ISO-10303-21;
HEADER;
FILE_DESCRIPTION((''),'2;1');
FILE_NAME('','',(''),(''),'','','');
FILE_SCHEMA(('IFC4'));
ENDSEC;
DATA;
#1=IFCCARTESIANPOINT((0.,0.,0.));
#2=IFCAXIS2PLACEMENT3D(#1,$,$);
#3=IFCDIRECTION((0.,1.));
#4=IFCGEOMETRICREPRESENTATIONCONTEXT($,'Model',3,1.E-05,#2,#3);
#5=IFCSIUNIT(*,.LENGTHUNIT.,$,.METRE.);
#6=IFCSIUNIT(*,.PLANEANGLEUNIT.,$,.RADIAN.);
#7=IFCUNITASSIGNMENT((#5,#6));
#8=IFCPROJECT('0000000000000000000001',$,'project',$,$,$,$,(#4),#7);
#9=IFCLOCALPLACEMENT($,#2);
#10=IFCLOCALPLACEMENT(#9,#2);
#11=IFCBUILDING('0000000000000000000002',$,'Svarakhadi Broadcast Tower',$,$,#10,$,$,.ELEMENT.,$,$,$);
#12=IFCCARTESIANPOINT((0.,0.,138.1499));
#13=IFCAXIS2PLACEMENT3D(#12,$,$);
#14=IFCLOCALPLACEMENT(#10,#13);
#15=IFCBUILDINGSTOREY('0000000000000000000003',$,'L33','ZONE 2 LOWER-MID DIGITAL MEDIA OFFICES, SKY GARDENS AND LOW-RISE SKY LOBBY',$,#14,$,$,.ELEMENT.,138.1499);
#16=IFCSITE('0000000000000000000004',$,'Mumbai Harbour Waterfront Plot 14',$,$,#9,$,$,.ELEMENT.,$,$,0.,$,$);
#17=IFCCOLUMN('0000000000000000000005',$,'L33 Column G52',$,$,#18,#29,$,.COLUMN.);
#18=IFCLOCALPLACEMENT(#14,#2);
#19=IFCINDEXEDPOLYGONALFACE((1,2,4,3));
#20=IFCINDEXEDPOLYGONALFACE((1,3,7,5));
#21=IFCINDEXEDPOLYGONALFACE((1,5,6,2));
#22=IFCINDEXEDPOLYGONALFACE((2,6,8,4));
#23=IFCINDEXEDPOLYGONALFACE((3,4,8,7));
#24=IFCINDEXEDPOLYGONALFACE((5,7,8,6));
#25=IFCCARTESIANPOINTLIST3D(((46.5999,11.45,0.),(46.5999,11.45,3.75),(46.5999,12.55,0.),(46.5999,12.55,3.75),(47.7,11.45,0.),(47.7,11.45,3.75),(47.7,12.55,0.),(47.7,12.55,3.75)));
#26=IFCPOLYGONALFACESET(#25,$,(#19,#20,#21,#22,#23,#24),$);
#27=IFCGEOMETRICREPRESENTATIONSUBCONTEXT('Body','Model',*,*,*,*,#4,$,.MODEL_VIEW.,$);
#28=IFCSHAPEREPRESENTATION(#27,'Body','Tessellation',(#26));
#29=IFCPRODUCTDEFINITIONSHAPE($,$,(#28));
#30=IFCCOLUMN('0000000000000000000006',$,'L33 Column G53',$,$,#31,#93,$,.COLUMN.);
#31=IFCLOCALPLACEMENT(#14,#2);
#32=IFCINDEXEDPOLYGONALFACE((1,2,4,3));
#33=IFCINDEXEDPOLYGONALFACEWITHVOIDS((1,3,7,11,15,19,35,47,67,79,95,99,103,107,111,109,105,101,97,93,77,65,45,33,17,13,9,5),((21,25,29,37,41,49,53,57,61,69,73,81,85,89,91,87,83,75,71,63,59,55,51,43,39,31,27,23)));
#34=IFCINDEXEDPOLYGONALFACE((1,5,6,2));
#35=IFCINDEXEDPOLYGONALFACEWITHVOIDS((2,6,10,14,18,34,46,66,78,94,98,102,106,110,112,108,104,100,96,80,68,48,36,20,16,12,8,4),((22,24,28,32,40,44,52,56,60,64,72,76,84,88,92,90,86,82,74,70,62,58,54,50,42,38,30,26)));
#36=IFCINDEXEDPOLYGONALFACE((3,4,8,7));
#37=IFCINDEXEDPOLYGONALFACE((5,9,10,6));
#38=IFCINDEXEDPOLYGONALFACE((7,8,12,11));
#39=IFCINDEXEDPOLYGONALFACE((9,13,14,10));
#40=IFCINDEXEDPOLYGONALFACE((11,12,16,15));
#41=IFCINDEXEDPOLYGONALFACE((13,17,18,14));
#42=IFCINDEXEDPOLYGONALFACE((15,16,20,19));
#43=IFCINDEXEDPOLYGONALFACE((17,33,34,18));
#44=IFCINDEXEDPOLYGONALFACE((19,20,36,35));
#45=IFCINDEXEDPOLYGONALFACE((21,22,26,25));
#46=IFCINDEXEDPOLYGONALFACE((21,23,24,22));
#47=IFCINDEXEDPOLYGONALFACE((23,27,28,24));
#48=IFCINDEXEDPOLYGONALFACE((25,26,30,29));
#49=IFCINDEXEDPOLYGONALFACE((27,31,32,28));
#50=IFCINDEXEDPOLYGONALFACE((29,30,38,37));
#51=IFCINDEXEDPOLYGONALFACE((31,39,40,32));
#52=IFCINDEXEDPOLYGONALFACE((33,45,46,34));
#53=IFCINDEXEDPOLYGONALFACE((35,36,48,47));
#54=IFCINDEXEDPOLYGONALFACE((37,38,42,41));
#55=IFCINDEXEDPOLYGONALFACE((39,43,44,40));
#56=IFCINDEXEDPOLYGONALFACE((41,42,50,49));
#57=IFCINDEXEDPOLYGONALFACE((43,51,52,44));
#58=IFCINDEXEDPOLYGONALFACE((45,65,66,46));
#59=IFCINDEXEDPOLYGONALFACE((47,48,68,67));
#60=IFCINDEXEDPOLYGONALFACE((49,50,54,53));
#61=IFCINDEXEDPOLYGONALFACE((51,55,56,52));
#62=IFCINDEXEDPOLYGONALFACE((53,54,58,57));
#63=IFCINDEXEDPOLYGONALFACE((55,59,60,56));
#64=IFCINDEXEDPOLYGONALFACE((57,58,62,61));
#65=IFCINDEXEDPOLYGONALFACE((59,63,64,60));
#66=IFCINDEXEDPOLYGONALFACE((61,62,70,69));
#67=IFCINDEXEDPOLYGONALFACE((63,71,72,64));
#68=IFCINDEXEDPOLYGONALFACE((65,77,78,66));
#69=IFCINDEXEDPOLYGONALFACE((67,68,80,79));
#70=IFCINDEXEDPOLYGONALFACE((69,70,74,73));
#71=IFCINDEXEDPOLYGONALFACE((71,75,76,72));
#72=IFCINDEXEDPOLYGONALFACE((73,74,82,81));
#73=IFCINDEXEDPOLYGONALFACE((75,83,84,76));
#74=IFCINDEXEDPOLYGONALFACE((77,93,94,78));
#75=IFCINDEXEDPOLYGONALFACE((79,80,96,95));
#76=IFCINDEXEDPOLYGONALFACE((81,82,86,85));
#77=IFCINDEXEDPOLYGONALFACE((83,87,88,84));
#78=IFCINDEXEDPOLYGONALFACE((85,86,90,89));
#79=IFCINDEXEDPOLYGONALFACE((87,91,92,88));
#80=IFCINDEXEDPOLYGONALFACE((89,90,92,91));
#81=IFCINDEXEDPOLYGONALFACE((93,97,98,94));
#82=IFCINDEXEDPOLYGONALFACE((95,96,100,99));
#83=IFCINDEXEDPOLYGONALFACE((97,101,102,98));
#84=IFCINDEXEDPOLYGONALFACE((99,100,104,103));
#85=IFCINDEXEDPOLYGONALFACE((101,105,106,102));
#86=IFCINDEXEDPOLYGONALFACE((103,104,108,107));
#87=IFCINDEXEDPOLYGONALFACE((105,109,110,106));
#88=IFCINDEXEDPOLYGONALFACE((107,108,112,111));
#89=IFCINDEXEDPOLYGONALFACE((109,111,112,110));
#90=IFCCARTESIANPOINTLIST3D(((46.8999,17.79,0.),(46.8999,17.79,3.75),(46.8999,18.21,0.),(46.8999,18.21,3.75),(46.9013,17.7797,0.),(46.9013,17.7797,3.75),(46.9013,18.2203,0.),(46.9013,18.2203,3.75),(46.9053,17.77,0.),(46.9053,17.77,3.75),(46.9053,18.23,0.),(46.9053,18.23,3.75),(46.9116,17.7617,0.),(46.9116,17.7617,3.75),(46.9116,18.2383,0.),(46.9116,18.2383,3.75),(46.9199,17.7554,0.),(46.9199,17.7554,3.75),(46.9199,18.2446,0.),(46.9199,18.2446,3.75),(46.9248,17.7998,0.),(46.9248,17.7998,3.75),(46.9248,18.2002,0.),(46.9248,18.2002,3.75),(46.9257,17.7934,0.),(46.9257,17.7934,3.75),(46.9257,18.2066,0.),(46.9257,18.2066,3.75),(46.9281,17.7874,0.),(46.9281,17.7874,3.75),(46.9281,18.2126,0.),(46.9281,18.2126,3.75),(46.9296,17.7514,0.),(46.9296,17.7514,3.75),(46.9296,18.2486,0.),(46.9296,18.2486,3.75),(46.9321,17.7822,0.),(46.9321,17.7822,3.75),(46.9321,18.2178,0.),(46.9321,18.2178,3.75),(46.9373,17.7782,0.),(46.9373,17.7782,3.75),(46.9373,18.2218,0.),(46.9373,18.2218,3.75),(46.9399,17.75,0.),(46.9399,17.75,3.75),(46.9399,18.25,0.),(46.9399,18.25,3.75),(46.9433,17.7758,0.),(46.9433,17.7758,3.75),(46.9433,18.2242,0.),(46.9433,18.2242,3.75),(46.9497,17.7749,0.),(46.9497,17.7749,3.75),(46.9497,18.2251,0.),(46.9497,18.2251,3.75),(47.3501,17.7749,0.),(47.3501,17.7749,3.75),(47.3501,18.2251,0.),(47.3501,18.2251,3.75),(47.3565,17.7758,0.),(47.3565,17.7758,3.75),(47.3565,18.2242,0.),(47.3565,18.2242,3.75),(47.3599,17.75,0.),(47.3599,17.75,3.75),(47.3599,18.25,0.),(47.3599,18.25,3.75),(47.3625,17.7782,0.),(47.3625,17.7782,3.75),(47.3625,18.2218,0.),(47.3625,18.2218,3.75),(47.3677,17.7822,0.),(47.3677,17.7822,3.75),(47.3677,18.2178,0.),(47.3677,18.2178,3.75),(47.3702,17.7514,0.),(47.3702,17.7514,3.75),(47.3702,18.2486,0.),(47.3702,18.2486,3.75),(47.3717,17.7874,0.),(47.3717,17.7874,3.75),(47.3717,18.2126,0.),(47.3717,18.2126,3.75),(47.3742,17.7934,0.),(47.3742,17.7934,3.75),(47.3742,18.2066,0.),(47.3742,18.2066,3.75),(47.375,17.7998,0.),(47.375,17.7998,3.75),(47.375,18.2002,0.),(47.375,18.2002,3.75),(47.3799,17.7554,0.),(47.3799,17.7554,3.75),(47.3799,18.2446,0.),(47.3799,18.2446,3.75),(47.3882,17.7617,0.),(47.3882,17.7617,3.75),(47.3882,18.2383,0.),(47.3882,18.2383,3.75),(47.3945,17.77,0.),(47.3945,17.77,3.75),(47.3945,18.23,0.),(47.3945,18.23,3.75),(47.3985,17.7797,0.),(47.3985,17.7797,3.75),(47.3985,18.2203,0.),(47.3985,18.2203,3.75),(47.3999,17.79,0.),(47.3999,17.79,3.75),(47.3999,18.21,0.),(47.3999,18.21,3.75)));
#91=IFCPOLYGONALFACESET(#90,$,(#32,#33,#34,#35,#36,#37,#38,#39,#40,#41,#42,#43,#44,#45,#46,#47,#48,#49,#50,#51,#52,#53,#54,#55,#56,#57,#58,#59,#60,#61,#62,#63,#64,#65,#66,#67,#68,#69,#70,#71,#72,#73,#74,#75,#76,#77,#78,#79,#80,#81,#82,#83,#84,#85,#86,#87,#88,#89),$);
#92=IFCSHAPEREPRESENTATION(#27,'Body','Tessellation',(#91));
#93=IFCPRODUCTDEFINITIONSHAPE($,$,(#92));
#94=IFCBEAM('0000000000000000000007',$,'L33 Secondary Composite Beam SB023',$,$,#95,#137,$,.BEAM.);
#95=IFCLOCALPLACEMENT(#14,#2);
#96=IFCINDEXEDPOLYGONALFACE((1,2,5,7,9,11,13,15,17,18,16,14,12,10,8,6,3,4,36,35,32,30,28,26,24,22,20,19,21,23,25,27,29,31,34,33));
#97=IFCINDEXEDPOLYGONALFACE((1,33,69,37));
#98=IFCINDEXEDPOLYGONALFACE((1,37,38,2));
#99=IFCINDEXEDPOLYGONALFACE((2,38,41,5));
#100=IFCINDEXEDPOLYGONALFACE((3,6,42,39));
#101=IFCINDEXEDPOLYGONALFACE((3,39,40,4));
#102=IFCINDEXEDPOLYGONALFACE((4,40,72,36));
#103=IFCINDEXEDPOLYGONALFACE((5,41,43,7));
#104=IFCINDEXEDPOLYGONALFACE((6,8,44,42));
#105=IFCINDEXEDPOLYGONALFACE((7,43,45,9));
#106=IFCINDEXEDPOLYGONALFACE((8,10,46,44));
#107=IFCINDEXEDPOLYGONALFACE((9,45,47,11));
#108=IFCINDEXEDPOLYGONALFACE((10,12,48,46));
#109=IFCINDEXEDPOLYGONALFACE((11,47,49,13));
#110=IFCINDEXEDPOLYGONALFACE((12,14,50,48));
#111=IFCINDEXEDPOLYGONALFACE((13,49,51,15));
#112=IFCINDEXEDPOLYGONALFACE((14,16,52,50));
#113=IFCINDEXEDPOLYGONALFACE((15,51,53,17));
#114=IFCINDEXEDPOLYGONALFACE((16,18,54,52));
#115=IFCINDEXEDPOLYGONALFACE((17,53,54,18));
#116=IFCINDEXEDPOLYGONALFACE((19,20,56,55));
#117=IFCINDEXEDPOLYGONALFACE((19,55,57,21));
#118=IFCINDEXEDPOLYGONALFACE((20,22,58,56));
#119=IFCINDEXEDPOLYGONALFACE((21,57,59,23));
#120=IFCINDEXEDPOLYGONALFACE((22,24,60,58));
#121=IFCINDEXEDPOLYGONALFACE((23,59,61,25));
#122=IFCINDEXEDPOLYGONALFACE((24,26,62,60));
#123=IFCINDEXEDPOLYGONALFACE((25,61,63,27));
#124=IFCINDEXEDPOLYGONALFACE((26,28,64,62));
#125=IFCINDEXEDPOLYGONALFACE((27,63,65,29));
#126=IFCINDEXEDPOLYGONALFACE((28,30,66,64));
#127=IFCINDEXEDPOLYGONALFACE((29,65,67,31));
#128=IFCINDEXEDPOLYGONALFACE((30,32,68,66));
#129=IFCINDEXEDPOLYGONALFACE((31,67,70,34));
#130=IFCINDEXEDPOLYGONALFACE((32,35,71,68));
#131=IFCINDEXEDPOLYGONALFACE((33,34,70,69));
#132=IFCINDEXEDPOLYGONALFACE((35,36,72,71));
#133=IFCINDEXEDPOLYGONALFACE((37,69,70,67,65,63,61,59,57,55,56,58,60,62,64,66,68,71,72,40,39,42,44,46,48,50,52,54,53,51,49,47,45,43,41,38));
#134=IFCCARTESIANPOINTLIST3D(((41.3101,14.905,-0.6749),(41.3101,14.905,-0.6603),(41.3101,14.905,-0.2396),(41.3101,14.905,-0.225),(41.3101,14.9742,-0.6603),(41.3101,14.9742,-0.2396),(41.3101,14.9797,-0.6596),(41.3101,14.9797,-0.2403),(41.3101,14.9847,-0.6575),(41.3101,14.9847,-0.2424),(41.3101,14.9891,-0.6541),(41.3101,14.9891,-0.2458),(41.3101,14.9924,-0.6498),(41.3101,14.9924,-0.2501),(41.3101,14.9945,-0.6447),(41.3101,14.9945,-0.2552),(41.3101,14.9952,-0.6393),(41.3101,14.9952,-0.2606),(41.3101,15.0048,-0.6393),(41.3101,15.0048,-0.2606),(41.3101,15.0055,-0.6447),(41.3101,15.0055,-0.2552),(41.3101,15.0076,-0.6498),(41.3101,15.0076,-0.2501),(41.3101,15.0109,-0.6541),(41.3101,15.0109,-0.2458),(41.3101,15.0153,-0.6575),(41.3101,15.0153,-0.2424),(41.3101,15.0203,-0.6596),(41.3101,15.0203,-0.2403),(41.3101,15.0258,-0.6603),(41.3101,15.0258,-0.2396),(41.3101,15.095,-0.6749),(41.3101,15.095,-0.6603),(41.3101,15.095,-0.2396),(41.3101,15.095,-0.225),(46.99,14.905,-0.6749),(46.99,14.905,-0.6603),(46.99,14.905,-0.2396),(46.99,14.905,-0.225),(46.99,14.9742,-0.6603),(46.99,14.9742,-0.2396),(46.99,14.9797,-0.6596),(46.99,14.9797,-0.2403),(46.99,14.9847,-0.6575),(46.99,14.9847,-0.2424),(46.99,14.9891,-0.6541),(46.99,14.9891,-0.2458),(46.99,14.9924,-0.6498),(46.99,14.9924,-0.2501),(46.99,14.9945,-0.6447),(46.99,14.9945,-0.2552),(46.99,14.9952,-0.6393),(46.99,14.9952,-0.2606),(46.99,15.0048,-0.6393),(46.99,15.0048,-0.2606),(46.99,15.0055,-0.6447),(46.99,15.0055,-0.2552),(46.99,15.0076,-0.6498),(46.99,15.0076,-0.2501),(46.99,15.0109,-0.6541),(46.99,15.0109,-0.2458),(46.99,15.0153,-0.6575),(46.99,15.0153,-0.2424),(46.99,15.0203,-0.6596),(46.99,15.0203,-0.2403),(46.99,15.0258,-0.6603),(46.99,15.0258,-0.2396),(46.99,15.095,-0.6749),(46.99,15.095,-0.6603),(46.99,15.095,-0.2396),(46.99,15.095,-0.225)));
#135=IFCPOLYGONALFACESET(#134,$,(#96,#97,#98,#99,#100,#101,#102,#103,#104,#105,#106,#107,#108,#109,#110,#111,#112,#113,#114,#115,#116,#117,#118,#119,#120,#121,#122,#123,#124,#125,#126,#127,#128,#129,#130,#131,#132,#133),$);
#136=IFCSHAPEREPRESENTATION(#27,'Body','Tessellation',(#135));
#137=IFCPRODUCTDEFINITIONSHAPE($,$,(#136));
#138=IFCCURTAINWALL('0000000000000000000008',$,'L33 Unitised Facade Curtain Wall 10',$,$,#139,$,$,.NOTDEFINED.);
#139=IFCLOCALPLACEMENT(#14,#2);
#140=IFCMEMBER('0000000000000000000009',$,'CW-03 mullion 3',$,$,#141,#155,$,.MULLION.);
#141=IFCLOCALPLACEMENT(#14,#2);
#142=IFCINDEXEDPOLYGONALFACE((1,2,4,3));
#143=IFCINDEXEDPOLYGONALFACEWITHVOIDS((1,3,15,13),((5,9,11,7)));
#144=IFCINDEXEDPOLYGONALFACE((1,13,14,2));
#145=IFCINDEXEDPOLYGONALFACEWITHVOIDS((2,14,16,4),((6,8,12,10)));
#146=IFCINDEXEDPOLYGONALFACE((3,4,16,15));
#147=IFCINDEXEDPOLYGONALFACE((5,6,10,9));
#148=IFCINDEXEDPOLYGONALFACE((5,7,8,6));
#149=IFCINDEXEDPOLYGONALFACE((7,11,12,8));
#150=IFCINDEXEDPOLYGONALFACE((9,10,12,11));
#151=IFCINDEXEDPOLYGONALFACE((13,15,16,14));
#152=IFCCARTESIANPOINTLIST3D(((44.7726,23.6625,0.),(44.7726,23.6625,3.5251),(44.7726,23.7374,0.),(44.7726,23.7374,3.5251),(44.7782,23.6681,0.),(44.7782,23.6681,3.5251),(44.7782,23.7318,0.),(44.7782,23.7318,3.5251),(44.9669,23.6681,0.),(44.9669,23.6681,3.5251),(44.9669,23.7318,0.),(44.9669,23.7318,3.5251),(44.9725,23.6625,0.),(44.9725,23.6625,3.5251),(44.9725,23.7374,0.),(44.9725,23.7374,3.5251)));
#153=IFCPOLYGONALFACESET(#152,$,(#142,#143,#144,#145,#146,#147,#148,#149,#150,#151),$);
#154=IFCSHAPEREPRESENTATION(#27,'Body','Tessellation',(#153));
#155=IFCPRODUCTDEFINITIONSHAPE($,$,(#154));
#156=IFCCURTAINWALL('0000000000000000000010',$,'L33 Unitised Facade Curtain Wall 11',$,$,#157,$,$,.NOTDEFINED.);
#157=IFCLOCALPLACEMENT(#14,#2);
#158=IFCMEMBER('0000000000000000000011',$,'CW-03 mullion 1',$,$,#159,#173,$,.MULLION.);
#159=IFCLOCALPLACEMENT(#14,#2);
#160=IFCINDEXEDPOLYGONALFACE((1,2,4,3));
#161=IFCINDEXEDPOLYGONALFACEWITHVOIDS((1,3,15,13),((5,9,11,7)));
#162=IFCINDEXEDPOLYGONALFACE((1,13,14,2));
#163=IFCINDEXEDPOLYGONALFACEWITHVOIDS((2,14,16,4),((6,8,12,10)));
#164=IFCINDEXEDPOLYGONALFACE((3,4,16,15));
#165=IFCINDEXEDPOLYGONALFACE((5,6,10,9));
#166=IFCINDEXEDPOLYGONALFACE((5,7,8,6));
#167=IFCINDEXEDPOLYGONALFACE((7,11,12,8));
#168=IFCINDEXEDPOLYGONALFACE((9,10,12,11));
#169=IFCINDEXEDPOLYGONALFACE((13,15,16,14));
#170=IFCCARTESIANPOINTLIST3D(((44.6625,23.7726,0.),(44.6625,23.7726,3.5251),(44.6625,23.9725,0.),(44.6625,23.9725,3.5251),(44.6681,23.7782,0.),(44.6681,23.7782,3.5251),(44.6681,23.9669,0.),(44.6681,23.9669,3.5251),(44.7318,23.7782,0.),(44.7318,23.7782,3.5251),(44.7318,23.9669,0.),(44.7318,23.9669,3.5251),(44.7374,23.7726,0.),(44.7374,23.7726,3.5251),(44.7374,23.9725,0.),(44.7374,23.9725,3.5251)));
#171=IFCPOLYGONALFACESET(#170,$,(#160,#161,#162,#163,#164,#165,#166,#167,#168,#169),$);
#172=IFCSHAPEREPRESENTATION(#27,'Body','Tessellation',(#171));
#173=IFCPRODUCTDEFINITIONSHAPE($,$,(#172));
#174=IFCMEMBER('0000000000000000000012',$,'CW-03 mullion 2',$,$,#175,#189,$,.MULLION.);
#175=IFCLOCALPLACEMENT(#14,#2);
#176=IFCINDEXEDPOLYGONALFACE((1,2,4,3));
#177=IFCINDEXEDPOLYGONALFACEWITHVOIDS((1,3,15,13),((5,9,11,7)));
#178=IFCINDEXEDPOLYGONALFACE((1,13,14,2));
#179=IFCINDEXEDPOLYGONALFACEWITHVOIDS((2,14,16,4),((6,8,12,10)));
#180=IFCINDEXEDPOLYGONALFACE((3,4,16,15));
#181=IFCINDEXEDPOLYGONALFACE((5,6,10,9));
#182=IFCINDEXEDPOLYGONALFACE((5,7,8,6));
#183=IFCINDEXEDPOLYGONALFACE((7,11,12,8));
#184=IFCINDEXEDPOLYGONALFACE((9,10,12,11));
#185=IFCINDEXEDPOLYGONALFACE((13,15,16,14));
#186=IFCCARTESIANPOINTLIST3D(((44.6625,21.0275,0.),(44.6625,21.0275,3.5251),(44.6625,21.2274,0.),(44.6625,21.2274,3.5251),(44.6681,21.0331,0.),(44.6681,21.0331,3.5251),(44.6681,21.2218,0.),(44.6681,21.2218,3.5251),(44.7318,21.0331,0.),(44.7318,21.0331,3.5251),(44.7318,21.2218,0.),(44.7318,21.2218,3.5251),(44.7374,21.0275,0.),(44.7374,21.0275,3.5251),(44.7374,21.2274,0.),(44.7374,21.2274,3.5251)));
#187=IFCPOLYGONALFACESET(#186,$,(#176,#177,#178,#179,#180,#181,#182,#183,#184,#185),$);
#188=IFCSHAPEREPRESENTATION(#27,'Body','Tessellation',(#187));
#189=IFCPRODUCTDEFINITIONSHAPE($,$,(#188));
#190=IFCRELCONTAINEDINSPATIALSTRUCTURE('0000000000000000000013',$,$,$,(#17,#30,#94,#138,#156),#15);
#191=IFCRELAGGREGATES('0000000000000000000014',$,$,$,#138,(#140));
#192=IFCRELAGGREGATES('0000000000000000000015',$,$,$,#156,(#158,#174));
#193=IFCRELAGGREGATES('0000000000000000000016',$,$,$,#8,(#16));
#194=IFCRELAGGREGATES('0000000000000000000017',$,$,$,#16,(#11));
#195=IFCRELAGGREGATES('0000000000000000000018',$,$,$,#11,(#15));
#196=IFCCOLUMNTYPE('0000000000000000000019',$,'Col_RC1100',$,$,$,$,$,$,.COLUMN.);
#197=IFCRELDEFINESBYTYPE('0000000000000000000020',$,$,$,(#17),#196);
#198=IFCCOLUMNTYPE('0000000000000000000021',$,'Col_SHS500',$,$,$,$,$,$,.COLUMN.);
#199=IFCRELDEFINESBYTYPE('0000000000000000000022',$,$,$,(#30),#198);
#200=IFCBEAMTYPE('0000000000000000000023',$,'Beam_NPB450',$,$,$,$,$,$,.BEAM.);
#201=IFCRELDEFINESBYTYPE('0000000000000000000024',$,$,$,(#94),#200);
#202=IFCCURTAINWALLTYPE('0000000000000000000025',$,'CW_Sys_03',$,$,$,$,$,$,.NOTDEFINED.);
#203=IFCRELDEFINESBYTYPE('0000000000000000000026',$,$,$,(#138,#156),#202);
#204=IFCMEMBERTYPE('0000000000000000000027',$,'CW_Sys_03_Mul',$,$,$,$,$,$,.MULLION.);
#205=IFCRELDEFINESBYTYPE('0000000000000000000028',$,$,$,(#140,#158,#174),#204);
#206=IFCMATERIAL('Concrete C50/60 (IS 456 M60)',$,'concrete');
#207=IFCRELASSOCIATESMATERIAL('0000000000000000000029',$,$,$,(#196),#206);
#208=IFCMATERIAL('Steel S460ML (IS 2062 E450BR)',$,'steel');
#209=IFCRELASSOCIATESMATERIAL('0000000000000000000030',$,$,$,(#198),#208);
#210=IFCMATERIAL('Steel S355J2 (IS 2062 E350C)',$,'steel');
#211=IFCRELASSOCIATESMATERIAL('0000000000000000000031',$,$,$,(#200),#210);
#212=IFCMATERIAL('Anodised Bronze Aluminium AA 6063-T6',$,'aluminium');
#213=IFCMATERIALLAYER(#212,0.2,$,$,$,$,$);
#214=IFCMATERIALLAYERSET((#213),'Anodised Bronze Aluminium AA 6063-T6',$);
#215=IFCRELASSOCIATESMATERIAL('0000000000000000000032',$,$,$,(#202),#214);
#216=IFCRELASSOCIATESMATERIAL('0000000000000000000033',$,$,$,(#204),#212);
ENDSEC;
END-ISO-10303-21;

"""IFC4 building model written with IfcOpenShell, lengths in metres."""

from ifc_helpers import new_model, si_unit, direction, frame, origin, origin_2d, place, context, subcontext, project, spatial, rectangle, hollow_rectangle, i_section, extrude, material, layer, layer_set, material_profile, profile_set, type_object, element, aggregate, save


model = new_model("IFC4")

# Units and contexts
model_context = context("Model", 3, precision=1e-05, world=origin(), true_north=direction((0.0, 1.0)))
body_context = subcontext(model_context, "Body", "Model", "MODEL_VIEW")
ifc_project = project(units=[si_unit("LENGTHUNIT", "METRE"), si_unit("PLANEANGLEUNIT", "RADIAN")], contexts=[model_context])

# Site, building, storey
site_placement = place(None, origin())
site = spatial("IfcSite", under=ifc_project, at=site_placement, Name="Mumbai Harbour Waterfront Plot 14", CompositionType="ELEMENT", RefElevation=0.0)
building_placement = place(site_placement, origin())
building = spatial("IfcBuilding", under=site, at=building_placement, Name="Svarakhadi Broadcast Tower", CompositionType="ELEMENT")
storey_placement = place(building_placement, frame((0.0, 0.0, 138.1499)))
storey = spatial("IfcBuildingStorey", under=building, at=storey_placement, Name="L33", Description="ZONE 2 LOWER-MID DIGITAL MEDIA OFFICES, SKY GARDENS AND LOW-RISE SKY LOBBY", CompositionType="ELEMENT", Elevation=138.1499)

# Columns
ifc_material_1 = material(Name="Concrete C50/60 (IS 456 M60)", Category="concrete")
ifc_material_profile_1 = material_profile(ifc_material_1, rectangle(XDim=1.1001, YDim=1.1001, at=origin_2d()), Name="RC 1100x1100")
ifc_profile_set_1 = profile_set([ifc_material_profile_1], Name="Concrete C50/60 (IS 456 M60)")
column_type_1 = type_object("IfcColumnType", Name="Col_RC1100", PredefinedType="COLUMN", material=ifc_profile_set_1)
column_1_placement = place(storey_placement, frame((47.1499, 12.0, 0.0), z_axis=(0.0, 0.0, 1.0), x_axis=(1.0, 0.0, 0.0)))
element("IfcColumn", 1, at=column_1_placement, inside=storey, type_object=column_type_1, Name="L33 Column G52", PredefinedType="COLUMN", context=body_context, shape_type="SweptSolid", body=[
    extrude(rectangle(XDim=1.1001, YDim=1.1001, at=origin_2d()), origin(), (0.0, 0.0, 1.0), 3.75),
])
ifc_material_2 = material(Name="Steel S460ML (IS 2062 E450BR)", Category="steel")
ifc_material_profile_2 = material_profile(ifc_material_2, hollow_rectangle(XDim=0.5, YDim=0.5, WallThickness=0.0249, InnerFilletRadius=0.0249, OuterFilletRadius=0.04, at=origin_2d()), Name="SHS 500x500x25")
ifc_profile_set_2 = profile_set([ifc_material_profile_2], Name="Steel S460ML (IS 2062 E450BR)")
column_type_2 = type_object("IfcColumnType", Name="Col_SHS500", PredefinedType="COLUMN", material=ifc_profile_set_2)
column_2_placement = place(storey_placement, frame((47.1499, 18.0, 0.0), z_axis=(0.0, 0.0, 1.0), x_axis=(1.0, 0.0, 0.0)))
element("IfcColumn", 2, at=column_2_placement, inside=storey, type_object=column_type_2, Name="L33 Column G53", PredefinedType="COLUMN", context=body_context, shape_type="SweptSolid", body=[
    extrude(hollow_rectangle(XDim=0.5, YDim=0.5, WallThickness=0.0249, InnerFilletRadius=0.0249, OuterFilletRadius=0.04, at=origin_2d()), origin(), (0.0, 0.0, 1.0), 3.75),
])

# Beam
ifc_material_3 = material(Name="Steel S355J2 (IS 2062 E350C)", Category="steel")
ifc_material_profile_3 = material_profile(ifc_material_3, i_section(OverallWidth=0.1899, OverallDepth=0.45, WebThickness=0.0095, FlangeThickness=0.0146, FilletRadius=0.021, at=origin_2d()), Name="NPB 450x190x78")
ifc_profile_set_3 = profile_set([ifc_material_profile_3], Name="Steel S355J2 (IS 2062 E350C)")
beam_type_1 = type_object("IfcBeamType", Name="Beam_NPB450", PredefinedType="BEAM", material=ifc_profile_set_3)
beam_1_placement = place(storey_placement, frame((41.3101, 15.0, -0.45), z_axis=(1.0, 0.0, 0.0), x_axis=(0.0, 1.0, 0.0)))
element("IfcBeam", 3, at=beam_1_placement, inside=storey, type_object=beam_type_1, Name="L33 Secondary Composite Beam SB023", PredefinedType="BEAM", context=body_context, shape_type="SweptSolid", body=[
    extrude(i_section(OverallWidth=0.1899, OverallDepth=0.45, WebThickness=0.0095, FlangeThickness=0.0146, FilletRadius=0.021, at=origin_2d()), origin(), (0.0, 0.0, 1.0), 5.6799),
])

# Curtain wall, member
ifc_material_4 = material(Name="Anodised Bronze Aluminium AA 6063-T6", Category="aluminium")
ifc_layer_1 = layer(ifc_material_4, 0.2)
ifc_layer_set_1 = layer_set([ifc_layer_1], Name="Anodised Bronze Aluminium AA 6063-T6")
curtain_wall_type = type_object("IfcCurtainWallType", Name="CW_Sys_03", PredefinedType="NOTDEFINED", material=ifc_layer_set_1)
curtain_wall_1_placement = place(storey_placement, origin())
curtain_wall_1 = element("IfcCurtainWall", 4, at=curtain_wall_1_placement, inside=storey, type_object=curtain_wall_type, Name="L33 Unitised Facade Curtain Wall 10", PredefinedType="NOTDEFINED")
ifc_material_profile_4 = material_profile(ifc_material_4, hollow_rectangle(XDim=0.075, YDim=0.2, WallThickness=0.0056, at=origin_2d()), Name="ALU MULLION 200x75x6")
ifc_profile_set_4 = profile_set([ifc_material_profile_4], Name="Anodised Bronze Aluminium AA 6063-T6")
member_type_1 = type_object("IfcMemberType", Name="CW_Sys_03_Mul", PredefinedType="MULLION", material=ifc_profile_set_4)
member_1_placement = place(storey_placement, frame((44.8726, 23.7, 0.0), z_axis=(0.0, 0.0, 1.0), x_axis=(0.0, 1.0, 0.0)))
member_1 = element("IfcMember", 5, at=member_1_placement, type_object=member_type_1, Name="CW-03 mullion 3", PredefinedType="MULLION", context=body_context, shape_type="SweptSolid", body=[
    extrude(hollow_rectangle(XDim=0.075, YDim=0.2, WallThickness=0.0056, at=origin_2d()), origin(), (0.0, 0.0, 1.0), 3.5251),
])
aggregate(curtain_wall_1, [member_1])

# Curtain wall, members
curtain_wall_2_placement = place(storey_placement, origin())
curtain_wall_2 = element("IfcCurtainWall", 6, at=curtain_wall_2_placement, inside=storey, type_object=curtain_wall_type, Name="L33 Unitised Facade Curtain Wall 11", PredefinedType="NOTDEFINED")
member_2_placement = place(storey_placement, frame((44.7, 23.8726, 0.0), z_axis=(0.0, 0.0, 1.0), x_axis=(1.0, 0.0, 0.0)))
member_2 = element("IfcMember", 7, at=member_2_placement, type_object=member_type_1, Name="CW-03 mullion 1", PredefinedType="MULLION", context=body_context, shape_type="SweptSolid", body=[
    extrude(hollow_rectangle(XDim=0.075, YDim=0.2, WallThickness=0.0056, at=origin_2d()), origin(), (0.0, 0.0, 1.0), 3.5251),
])
member_3_placement = place(storey_placement, frame((44.7, 21.1274, 0.0), z_axis=(0.0, 0.0, 1.0), x_axis=(1.0, 0.0, 0.0)))
member_3 = element("IfcMember", 8, at=member_3_placement, type_object=member_type_1, Name="CW-03 mullion 2", PredefinedType="MULLION", context=body_context, shape_type="SweptSolid", body=[
    extrude(hollow_rectangle(XDim=0.075, YDim=0.2, WallThickness=0.0056, at=origin_2d()), origin(), (0.0, 0.0, 1.0), 3.5251),
])

aggregate(curtain_wall_2, [member_2, member_3])

save(model, "model.ifc")
